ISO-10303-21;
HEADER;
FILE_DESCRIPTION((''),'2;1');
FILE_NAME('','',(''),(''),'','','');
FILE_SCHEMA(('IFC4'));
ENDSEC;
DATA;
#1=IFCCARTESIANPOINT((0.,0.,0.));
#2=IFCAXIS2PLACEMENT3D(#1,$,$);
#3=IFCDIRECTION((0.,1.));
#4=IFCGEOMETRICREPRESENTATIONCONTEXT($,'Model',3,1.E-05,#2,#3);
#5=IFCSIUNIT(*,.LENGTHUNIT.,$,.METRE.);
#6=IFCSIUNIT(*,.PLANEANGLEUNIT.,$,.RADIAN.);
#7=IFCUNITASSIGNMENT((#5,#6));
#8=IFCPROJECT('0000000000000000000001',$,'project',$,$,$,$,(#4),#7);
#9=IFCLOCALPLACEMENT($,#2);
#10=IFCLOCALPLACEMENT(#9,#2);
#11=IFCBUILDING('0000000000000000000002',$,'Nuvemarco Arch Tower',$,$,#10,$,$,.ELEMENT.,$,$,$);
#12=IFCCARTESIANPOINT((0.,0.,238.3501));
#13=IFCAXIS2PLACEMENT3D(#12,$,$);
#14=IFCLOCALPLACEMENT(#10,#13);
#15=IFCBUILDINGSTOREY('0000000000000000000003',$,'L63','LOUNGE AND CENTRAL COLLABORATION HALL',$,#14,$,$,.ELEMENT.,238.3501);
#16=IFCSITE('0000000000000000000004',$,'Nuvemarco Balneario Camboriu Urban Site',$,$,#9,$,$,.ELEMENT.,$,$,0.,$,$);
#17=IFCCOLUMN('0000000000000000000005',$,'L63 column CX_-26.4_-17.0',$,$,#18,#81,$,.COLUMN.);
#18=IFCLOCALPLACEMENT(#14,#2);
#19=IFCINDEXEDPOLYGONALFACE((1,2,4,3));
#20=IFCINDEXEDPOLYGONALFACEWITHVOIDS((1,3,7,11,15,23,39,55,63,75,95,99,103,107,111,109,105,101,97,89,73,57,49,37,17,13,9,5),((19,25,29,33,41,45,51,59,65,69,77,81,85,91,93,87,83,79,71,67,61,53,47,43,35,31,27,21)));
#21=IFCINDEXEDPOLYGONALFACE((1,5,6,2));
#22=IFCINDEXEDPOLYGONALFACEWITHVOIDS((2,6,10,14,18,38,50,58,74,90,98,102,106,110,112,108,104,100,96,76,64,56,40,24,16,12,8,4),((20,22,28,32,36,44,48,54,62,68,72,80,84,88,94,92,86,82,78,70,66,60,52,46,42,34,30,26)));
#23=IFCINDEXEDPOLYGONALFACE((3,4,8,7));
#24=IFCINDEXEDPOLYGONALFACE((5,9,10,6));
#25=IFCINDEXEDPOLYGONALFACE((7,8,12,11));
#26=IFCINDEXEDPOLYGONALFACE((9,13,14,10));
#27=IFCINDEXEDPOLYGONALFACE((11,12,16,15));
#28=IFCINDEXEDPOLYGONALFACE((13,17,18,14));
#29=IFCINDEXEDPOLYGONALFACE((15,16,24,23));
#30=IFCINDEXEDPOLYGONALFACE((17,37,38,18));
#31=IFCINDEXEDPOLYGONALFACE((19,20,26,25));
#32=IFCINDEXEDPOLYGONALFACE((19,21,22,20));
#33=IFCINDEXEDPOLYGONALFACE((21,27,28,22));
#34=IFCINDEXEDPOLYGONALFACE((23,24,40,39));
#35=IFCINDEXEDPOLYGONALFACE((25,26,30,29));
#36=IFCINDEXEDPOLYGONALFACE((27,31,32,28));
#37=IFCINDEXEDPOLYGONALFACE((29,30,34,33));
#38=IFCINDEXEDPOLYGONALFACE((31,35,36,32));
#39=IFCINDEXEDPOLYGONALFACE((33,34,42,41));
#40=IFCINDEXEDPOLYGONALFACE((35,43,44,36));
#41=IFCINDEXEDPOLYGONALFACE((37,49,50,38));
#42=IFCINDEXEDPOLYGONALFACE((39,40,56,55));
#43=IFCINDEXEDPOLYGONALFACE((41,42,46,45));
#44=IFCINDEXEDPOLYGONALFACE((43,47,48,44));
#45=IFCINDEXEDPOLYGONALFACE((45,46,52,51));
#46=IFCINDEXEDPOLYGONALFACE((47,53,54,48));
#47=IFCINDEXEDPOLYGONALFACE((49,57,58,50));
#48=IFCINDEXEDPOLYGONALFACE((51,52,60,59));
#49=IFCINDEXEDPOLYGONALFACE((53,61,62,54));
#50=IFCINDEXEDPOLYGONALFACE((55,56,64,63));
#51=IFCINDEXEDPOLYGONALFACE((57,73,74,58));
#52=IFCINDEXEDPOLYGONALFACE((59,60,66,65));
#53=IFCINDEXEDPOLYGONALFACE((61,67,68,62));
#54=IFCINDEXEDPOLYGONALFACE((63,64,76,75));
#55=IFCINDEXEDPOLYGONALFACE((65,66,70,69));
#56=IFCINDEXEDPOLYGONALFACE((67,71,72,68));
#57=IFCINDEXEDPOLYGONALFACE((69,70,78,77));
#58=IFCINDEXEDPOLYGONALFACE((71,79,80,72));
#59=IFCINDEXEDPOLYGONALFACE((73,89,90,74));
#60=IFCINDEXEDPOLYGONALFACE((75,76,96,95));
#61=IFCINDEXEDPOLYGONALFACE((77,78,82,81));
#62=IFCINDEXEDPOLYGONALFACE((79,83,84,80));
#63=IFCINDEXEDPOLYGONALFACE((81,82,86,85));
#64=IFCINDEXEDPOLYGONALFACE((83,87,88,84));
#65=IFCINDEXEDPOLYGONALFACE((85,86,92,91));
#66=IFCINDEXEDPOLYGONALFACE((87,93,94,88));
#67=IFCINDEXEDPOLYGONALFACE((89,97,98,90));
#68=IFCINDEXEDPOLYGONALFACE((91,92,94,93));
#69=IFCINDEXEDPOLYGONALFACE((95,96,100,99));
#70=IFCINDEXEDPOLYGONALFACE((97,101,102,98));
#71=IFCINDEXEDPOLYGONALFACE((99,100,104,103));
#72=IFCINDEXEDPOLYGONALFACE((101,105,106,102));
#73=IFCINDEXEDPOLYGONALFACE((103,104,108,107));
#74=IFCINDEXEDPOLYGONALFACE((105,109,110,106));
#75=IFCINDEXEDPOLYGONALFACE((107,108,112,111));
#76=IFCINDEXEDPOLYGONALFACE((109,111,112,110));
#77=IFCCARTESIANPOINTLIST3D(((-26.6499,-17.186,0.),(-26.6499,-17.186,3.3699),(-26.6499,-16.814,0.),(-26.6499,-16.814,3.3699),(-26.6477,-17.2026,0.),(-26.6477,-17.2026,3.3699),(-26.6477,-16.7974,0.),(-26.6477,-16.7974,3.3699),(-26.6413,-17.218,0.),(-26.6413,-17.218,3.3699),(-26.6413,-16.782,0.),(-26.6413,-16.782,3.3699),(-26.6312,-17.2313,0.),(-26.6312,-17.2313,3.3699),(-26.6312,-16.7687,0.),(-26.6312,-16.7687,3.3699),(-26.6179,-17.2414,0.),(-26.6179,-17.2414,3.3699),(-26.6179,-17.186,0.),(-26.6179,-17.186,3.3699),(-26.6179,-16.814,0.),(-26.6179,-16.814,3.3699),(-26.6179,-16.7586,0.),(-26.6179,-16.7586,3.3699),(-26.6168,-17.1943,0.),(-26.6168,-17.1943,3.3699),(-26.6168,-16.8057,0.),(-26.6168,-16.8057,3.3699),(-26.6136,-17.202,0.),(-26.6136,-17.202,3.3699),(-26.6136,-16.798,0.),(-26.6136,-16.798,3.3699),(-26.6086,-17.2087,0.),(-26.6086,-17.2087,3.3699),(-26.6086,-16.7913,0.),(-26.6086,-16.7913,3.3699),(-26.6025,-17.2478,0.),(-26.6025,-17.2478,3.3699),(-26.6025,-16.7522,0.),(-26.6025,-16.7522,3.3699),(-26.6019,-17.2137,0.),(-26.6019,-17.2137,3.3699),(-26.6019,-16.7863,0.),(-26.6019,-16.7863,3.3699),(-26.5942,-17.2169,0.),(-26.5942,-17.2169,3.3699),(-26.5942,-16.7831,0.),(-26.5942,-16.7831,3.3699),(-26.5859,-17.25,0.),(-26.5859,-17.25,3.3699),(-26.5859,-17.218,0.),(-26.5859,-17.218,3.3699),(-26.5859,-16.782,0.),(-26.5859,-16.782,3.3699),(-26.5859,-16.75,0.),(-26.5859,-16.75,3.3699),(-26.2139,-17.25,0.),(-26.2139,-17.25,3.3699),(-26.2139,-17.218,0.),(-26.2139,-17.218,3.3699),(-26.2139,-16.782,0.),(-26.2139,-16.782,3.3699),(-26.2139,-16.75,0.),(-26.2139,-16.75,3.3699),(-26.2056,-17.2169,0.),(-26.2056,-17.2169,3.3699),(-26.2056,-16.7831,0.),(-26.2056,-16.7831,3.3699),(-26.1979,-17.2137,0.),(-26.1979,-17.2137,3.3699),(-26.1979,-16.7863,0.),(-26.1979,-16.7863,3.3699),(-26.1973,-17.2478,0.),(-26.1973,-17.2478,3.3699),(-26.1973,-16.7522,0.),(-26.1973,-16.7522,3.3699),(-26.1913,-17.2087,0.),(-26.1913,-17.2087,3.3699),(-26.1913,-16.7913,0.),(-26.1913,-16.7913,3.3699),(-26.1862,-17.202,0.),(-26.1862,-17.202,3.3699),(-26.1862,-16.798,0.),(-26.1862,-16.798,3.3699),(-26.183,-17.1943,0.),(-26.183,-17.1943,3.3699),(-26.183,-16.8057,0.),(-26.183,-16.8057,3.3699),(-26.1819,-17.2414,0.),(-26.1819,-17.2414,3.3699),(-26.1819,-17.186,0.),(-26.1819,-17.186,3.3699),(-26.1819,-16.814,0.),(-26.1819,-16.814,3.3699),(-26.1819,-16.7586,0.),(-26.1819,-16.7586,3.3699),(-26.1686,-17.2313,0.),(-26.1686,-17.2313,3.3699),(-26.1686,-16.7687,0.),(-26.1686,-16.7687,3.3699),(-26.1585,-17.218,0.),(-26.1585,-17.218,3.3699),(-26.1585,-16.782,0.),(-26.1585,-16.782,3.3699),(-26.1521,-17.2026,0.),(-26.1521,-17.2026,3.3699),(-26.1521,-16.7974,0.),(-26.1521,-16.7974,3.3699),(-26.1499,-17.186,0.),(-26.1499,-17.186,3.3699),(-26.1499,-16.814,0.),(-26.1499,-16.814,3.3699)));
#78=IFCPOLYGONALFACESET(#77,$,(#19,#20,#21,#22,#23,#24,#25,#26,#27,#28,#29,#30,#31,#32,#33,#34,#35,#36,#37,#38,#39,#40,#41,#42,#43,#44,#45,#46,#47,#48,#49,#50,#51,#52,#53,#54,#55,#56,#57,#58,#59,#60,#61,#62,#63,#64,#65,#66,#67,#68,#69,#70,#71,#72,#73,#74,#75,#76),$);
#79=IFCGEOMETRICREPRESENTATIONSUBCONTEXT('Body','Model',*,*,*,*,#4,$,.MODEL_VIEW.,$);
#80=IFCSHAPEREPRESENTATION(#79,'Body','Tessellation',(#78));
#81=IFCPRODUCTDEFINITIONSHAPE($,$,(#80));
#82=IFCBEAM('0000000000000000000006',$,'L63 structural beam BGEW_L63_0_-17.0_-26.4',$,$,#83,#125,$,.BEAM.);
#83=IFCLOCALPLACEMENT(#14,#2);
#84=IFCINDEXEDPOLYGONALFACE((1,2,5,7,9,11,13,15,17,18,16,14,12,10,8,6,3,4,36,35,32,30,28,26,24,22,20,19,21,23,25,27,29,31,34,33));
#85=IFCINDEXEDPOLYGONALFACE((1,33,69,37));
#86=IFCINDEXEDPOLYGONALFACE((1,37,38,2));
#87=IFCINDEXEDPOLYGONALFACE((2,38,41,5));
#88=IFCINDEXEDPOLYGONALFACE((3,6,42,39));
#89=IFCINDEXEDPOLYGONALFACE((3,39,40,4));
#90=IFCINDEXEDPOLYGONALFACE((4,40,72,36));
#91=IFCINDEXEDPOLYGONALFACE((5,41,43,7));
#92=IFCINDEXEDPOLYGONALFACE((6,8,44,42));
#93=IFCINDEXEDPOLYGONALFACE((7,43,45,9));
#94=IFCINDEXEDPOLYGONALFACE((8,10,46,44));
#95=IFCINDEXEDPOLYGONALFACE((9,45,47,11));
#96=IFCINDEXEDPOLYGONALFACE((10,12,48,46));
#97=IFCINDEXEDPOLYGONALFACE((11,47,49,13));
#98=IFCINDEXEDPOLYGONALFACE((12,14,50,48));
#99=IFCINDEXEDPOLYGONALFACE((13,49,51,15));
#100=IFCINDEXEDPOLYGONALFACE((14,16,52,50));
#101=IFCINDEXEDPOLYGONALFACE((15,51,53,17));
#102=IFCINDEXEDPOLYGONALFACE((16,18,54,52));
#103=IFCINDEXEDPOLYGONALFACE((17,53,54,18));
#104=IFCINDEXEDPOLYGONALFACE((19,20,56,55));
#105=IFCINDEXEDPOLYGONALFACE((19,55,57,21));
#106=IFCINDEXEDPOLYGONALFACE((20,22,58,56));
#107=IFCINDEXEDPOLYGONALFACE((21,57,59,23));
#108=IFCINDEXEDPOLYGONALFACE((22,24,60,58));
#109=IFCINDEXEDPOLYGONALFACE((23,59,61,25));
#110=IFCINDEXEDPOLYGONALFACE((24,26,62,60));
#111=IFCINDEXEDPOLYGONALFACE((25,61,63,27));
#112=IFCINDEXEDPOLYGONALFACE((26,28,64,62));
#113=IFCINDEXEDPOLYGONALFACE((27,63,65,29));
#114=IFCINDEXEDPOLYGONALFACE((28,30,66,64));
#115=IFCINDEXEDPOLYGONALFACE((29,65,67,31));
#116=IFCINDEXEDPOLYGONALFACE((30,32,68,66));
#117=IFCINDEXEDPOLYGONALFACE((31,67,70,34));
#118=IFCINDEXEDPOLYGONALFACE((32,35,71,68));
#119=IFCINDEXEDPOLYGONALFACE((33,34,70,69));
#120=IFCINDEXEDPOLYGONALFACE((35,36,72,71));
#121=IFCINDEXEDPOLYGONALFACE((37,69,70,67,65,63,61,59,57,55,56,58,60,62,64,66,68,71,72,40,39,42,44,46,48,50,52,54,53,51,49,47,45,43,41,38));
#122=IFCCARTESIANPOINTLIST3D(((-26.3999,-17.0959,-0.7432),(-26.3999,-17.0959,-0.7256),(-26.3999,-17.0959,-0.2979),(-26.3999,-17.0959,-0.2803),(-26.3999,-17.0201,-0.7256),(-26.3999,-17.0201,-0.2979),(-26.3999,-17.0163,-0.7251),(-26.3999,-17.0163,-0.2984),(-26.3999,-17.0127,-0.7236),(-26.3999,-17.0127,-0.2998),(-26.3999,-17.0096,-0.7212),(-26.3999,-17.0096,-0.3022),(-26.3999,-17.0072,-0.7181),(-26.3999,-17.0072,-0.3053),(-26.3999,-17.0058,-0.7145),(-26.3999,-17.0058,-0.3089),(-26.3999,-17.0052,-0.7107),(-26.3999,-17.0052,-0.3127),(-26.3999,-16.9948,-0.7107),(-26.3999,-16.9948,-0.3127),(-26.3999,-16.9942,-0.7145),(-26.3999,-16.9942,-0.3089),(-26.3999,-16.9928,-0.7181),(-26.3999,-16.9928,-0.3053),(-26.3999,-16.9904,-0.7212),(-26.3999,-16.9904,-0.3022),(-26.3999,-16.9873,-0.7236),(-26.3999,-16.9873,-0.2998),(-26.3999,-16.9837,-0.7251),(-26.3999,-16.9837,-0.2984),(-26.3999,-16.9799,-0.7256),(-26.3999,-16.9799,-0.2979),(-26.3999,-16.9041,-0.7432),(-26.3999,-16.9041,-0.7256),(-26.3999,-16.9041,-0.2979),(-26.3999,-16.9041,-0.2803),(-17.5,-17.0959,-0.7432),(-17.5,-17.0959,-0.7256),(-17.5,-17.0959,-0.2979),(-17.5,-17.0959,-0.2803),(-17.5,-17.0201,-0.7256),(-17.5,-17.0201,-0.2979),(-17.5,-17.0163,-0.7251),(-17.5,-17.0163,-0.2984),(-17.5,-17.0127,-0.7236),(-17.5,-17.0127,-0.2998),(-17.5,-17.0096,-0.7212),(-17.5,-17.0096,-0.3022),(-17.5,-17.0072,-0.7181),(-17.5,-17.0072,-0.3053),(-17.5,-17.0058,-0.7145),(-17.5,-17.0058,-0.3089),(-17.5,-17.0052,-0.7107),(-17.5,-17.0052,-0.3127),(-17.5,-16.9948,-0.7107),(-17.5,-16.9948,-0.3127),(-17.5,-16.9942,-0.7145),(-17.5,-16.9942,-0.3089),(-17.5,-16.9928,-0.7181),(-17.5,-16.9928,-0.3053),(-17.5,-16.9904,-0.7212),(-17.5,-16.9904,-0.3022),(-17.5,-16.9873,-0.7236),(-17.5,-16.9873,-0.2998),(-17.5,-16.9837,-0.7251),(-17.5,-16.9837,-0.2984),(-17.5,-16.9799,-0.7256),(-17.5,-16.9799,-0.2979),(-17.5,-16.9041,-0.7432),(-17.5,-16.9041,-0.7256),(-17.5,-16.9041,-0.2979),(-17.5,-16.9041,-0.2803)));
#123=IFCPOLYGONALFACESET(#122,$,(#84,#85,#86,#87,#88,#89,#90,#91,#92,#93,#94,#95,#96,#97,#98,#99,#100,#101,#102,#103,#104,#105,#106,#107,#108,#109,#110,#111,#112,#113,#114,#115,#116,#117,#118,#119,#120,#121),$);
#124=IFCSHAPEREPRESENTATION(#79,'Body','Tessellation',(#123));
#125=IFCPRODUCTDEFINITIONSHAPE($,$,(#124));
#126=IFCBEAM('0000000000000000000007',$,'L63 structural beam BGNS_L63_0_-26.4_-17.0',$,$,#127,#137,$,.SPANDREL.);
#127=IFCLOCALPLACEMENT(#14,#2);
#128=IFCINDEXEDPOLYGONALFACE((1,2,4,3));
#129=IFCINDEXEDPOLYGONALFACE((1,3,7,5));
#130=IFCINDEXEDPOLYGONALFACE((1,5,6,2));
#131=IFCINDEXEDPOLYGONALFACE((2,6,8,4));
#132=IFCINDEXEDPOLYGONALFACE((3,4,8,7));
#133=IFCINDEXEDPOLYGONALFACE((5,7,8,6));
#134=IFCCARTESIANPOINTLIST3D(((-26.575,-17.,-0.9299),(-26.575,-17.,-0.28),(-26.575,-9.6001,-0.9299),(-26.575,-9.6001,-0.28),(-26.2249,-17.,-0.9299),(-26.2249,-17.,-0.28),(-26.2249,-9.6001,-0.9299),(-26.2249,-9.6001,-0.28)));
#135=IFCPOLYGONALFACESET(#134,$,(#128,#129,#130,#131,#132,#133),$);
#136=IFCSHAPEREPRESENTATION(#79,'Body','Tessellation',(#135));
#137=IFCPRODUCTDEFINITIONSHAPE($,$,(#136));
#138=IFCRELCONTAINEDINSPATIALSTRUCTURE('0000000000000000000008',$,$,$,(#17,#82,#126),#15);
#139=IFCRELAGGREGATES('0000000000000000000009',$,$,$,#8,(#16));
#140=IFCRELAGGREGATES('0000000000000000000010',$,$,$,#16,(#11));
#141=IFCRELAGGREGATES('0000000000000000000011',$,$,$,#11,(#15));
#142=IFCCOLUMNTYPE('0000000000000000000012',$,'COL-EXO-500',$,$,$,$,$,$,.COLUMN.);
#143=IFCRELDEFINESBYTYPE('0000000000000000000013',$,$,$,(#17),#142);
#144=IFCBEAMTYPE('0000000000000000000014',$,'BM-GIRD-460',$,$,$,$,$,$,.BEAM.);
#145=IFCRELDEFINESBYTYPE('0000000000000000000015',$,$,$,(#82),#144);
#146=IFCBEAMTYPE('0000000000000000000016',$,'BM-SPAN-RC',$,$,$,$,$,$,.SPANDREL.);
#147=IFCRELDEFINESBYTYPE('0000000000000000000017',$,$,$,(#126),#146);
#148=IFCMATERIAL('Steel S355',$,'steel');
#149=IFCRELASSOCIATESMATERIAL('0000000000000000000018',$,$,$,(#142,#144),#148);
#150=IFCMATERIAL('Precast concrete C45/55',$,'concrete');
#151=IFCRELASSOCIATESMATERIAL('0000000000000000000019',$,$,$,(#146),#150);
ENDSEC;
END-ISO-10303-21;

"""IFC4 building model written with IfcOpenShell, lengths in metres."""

from ifc_helpers import new_model, si_unit, direction, frame, origin, origin_2d, place, context, subcontext, project, spatial, rectangle, hollow_rectangle, i_section, extrude, material, material_profile, profile_set, type_object, element, save


model = new_model("IFC4")

# Units and contexts
model_context = context("Model", 3, precision=1e-05, world=origin(), true_north=direction((0.0, 1.0)))
body_context = subcontext(model_context, "Body", "Model", "MODEL_VIEW")
ifc_project = project(units=[si_unit("LENGTHUNIT", "METRE"), si_unit("PLANEANGLEUNIT", "RADIAN")], contexts=[model_context])

# Site, building, storey
site_placement = place(None, origin())
site = spatial("IfcSite", under=ifc_project, at=site_placement, Name="Nuvemarco Balneario Camboriu Urban Site", CompositionType="ELEMENT", RefElevation=0.0)
building_placement = place(site_placement, origin())
building = spatial("IfcBuilding", under=site, at=building_placement, Name="Nuvemarco Arch Tower", CompositionType="ELEMENT")
storey_placement = place(building_placement, frame((0.0, 0.0, 238.3501)))
storey = spatial("IfcBuildingStorey", under=building, at=storey_placement, Name="L63", Description="LOUNGE AND CENTRAL COLLABORATION HALL", CompositionType="ELEMENT", Elevation=238.3501)

# Column
ifc_material_1 = material(Name="Steel S355", Category="steel")
ifc_material_profile_1 = material_profile(ifc_material_1, hollow_rectangle(XDim=0.5, YDim=0.5, WallThickness=0.032, InnerFilletRadius=0.032, OuterFilletRadius=0.064, at=origin_2d()), Name="SHS500x500x32")
ifc_profile_set_1 = profile_set([ifc_material_profile_1], Name="Steel S355")
column_type = type_object("IfcColumnType", Name="COL-EXO-500", PredefinedType="COLUMN", material=ifc_profile_set_1)
column_placement = place(storey_placement, frame((-26.3999, -17.0, 0.0), z_axis=(0.0, 0.0, 1.0), x_axis=(1.0, 0.0, 0.0)))
element("IfcColumn", 1, at=column_placement, inside=storey, type_object=column_type, Name="L63 column CX_-26.4_-17.0", PredefinedType="COLUMN", context=body_context, shape_type="SweptSolid", body=[
    extrude(hollow_rectangle(XDim=0.5, YDim=0.5, WallThickness=0.032, InnerFilletRadius=0.032, OuterFilletRadius=0.064, at=origin_2d()), origin(), (0.0, 0.0, 1.0), 3.3699),
])

# Beams
ifc_material_profile_2 = material_profile(ifc_material_1, i_section(OverallWidth=0.1919, OverallDepth=0.4629, WebThickness=0.0105, FlangeThickness=0.0176, FilletRadius=0.0149, at=origin_2d()), Name="W460x89")
ifc_profile_set_2 = profile_set([ifc_material_profile_2], Name="Steel S355")
beam_type_1 = type_object("IfcBeamType", Name="BM-GIRD-460", PredefinedType="BEAM", material=ifc_profile_set_2)
beam_1_placement = place(storey_placement, frame((-26.3999, -17.0, -0.5117), z_axis=(1.0, 0.0, 0.0), x_axis=(0.0, 1.0, 0.0)))
element("IfcBeam", 2, at=beam_1_placement, inside=storey, type_object=beam_type_1, Name="L63 structural beam BGEW_L63_0_-17.0_-26.4", PredefinedType="BEAM", context=body_context, shape_type="SweptSolid", body=[
    extrude(i_section(OverallWidth=0.1919, OverallDepth=0.4629, WebThickness=0.0105, FlangeThickness=0.0176, FilletRadius=0.0149, at=origin_2d()), origin(), (0.0, 0.0, 1.0), 8.8999),
])
ifc_material_2 = material(Name="Precast concrete C45/55", Category="concrete")
ifc_material_profile_3 = material_profile(ifc_material_2, rectangle(XDim=0.3501, YDim=0.6499, at=origin_2d()), Name="PC-SP-350x650")
ifc_profile_set_3 = profile_set([ifc_material_profile_3], Name="Precast concrete C45/55")
beam_type_2 = type_object("IfcBeamType", Name="BM-SPAN-RC", PredefinedType="SPANDREL", material=ifc_profile_set_3)
beam_2_placement = place(storey_placement, frame((-26.3999, -17.0, -0.605), z_axis=(0.0, 1.0, 0.0), x_axis=(-1.0, 0.0, 0.0)))
element("IfcBeam", 3, at=beam_2_placement, inside=storey, type_object=beam_type_2, Name="L63 structural beam BGNS_L63_0_-26.4_-17.0", PredefinedType="SPANDREL", context=body_context, shape_type="SweptSolid", body=[
    extrude(rectangle(XDim=0.3501, YDim=0.6499, at=origin_2d()), origin(), (0.0, 0.0, 1.0), 7.3999),
])

save(model, "model.ifc")
